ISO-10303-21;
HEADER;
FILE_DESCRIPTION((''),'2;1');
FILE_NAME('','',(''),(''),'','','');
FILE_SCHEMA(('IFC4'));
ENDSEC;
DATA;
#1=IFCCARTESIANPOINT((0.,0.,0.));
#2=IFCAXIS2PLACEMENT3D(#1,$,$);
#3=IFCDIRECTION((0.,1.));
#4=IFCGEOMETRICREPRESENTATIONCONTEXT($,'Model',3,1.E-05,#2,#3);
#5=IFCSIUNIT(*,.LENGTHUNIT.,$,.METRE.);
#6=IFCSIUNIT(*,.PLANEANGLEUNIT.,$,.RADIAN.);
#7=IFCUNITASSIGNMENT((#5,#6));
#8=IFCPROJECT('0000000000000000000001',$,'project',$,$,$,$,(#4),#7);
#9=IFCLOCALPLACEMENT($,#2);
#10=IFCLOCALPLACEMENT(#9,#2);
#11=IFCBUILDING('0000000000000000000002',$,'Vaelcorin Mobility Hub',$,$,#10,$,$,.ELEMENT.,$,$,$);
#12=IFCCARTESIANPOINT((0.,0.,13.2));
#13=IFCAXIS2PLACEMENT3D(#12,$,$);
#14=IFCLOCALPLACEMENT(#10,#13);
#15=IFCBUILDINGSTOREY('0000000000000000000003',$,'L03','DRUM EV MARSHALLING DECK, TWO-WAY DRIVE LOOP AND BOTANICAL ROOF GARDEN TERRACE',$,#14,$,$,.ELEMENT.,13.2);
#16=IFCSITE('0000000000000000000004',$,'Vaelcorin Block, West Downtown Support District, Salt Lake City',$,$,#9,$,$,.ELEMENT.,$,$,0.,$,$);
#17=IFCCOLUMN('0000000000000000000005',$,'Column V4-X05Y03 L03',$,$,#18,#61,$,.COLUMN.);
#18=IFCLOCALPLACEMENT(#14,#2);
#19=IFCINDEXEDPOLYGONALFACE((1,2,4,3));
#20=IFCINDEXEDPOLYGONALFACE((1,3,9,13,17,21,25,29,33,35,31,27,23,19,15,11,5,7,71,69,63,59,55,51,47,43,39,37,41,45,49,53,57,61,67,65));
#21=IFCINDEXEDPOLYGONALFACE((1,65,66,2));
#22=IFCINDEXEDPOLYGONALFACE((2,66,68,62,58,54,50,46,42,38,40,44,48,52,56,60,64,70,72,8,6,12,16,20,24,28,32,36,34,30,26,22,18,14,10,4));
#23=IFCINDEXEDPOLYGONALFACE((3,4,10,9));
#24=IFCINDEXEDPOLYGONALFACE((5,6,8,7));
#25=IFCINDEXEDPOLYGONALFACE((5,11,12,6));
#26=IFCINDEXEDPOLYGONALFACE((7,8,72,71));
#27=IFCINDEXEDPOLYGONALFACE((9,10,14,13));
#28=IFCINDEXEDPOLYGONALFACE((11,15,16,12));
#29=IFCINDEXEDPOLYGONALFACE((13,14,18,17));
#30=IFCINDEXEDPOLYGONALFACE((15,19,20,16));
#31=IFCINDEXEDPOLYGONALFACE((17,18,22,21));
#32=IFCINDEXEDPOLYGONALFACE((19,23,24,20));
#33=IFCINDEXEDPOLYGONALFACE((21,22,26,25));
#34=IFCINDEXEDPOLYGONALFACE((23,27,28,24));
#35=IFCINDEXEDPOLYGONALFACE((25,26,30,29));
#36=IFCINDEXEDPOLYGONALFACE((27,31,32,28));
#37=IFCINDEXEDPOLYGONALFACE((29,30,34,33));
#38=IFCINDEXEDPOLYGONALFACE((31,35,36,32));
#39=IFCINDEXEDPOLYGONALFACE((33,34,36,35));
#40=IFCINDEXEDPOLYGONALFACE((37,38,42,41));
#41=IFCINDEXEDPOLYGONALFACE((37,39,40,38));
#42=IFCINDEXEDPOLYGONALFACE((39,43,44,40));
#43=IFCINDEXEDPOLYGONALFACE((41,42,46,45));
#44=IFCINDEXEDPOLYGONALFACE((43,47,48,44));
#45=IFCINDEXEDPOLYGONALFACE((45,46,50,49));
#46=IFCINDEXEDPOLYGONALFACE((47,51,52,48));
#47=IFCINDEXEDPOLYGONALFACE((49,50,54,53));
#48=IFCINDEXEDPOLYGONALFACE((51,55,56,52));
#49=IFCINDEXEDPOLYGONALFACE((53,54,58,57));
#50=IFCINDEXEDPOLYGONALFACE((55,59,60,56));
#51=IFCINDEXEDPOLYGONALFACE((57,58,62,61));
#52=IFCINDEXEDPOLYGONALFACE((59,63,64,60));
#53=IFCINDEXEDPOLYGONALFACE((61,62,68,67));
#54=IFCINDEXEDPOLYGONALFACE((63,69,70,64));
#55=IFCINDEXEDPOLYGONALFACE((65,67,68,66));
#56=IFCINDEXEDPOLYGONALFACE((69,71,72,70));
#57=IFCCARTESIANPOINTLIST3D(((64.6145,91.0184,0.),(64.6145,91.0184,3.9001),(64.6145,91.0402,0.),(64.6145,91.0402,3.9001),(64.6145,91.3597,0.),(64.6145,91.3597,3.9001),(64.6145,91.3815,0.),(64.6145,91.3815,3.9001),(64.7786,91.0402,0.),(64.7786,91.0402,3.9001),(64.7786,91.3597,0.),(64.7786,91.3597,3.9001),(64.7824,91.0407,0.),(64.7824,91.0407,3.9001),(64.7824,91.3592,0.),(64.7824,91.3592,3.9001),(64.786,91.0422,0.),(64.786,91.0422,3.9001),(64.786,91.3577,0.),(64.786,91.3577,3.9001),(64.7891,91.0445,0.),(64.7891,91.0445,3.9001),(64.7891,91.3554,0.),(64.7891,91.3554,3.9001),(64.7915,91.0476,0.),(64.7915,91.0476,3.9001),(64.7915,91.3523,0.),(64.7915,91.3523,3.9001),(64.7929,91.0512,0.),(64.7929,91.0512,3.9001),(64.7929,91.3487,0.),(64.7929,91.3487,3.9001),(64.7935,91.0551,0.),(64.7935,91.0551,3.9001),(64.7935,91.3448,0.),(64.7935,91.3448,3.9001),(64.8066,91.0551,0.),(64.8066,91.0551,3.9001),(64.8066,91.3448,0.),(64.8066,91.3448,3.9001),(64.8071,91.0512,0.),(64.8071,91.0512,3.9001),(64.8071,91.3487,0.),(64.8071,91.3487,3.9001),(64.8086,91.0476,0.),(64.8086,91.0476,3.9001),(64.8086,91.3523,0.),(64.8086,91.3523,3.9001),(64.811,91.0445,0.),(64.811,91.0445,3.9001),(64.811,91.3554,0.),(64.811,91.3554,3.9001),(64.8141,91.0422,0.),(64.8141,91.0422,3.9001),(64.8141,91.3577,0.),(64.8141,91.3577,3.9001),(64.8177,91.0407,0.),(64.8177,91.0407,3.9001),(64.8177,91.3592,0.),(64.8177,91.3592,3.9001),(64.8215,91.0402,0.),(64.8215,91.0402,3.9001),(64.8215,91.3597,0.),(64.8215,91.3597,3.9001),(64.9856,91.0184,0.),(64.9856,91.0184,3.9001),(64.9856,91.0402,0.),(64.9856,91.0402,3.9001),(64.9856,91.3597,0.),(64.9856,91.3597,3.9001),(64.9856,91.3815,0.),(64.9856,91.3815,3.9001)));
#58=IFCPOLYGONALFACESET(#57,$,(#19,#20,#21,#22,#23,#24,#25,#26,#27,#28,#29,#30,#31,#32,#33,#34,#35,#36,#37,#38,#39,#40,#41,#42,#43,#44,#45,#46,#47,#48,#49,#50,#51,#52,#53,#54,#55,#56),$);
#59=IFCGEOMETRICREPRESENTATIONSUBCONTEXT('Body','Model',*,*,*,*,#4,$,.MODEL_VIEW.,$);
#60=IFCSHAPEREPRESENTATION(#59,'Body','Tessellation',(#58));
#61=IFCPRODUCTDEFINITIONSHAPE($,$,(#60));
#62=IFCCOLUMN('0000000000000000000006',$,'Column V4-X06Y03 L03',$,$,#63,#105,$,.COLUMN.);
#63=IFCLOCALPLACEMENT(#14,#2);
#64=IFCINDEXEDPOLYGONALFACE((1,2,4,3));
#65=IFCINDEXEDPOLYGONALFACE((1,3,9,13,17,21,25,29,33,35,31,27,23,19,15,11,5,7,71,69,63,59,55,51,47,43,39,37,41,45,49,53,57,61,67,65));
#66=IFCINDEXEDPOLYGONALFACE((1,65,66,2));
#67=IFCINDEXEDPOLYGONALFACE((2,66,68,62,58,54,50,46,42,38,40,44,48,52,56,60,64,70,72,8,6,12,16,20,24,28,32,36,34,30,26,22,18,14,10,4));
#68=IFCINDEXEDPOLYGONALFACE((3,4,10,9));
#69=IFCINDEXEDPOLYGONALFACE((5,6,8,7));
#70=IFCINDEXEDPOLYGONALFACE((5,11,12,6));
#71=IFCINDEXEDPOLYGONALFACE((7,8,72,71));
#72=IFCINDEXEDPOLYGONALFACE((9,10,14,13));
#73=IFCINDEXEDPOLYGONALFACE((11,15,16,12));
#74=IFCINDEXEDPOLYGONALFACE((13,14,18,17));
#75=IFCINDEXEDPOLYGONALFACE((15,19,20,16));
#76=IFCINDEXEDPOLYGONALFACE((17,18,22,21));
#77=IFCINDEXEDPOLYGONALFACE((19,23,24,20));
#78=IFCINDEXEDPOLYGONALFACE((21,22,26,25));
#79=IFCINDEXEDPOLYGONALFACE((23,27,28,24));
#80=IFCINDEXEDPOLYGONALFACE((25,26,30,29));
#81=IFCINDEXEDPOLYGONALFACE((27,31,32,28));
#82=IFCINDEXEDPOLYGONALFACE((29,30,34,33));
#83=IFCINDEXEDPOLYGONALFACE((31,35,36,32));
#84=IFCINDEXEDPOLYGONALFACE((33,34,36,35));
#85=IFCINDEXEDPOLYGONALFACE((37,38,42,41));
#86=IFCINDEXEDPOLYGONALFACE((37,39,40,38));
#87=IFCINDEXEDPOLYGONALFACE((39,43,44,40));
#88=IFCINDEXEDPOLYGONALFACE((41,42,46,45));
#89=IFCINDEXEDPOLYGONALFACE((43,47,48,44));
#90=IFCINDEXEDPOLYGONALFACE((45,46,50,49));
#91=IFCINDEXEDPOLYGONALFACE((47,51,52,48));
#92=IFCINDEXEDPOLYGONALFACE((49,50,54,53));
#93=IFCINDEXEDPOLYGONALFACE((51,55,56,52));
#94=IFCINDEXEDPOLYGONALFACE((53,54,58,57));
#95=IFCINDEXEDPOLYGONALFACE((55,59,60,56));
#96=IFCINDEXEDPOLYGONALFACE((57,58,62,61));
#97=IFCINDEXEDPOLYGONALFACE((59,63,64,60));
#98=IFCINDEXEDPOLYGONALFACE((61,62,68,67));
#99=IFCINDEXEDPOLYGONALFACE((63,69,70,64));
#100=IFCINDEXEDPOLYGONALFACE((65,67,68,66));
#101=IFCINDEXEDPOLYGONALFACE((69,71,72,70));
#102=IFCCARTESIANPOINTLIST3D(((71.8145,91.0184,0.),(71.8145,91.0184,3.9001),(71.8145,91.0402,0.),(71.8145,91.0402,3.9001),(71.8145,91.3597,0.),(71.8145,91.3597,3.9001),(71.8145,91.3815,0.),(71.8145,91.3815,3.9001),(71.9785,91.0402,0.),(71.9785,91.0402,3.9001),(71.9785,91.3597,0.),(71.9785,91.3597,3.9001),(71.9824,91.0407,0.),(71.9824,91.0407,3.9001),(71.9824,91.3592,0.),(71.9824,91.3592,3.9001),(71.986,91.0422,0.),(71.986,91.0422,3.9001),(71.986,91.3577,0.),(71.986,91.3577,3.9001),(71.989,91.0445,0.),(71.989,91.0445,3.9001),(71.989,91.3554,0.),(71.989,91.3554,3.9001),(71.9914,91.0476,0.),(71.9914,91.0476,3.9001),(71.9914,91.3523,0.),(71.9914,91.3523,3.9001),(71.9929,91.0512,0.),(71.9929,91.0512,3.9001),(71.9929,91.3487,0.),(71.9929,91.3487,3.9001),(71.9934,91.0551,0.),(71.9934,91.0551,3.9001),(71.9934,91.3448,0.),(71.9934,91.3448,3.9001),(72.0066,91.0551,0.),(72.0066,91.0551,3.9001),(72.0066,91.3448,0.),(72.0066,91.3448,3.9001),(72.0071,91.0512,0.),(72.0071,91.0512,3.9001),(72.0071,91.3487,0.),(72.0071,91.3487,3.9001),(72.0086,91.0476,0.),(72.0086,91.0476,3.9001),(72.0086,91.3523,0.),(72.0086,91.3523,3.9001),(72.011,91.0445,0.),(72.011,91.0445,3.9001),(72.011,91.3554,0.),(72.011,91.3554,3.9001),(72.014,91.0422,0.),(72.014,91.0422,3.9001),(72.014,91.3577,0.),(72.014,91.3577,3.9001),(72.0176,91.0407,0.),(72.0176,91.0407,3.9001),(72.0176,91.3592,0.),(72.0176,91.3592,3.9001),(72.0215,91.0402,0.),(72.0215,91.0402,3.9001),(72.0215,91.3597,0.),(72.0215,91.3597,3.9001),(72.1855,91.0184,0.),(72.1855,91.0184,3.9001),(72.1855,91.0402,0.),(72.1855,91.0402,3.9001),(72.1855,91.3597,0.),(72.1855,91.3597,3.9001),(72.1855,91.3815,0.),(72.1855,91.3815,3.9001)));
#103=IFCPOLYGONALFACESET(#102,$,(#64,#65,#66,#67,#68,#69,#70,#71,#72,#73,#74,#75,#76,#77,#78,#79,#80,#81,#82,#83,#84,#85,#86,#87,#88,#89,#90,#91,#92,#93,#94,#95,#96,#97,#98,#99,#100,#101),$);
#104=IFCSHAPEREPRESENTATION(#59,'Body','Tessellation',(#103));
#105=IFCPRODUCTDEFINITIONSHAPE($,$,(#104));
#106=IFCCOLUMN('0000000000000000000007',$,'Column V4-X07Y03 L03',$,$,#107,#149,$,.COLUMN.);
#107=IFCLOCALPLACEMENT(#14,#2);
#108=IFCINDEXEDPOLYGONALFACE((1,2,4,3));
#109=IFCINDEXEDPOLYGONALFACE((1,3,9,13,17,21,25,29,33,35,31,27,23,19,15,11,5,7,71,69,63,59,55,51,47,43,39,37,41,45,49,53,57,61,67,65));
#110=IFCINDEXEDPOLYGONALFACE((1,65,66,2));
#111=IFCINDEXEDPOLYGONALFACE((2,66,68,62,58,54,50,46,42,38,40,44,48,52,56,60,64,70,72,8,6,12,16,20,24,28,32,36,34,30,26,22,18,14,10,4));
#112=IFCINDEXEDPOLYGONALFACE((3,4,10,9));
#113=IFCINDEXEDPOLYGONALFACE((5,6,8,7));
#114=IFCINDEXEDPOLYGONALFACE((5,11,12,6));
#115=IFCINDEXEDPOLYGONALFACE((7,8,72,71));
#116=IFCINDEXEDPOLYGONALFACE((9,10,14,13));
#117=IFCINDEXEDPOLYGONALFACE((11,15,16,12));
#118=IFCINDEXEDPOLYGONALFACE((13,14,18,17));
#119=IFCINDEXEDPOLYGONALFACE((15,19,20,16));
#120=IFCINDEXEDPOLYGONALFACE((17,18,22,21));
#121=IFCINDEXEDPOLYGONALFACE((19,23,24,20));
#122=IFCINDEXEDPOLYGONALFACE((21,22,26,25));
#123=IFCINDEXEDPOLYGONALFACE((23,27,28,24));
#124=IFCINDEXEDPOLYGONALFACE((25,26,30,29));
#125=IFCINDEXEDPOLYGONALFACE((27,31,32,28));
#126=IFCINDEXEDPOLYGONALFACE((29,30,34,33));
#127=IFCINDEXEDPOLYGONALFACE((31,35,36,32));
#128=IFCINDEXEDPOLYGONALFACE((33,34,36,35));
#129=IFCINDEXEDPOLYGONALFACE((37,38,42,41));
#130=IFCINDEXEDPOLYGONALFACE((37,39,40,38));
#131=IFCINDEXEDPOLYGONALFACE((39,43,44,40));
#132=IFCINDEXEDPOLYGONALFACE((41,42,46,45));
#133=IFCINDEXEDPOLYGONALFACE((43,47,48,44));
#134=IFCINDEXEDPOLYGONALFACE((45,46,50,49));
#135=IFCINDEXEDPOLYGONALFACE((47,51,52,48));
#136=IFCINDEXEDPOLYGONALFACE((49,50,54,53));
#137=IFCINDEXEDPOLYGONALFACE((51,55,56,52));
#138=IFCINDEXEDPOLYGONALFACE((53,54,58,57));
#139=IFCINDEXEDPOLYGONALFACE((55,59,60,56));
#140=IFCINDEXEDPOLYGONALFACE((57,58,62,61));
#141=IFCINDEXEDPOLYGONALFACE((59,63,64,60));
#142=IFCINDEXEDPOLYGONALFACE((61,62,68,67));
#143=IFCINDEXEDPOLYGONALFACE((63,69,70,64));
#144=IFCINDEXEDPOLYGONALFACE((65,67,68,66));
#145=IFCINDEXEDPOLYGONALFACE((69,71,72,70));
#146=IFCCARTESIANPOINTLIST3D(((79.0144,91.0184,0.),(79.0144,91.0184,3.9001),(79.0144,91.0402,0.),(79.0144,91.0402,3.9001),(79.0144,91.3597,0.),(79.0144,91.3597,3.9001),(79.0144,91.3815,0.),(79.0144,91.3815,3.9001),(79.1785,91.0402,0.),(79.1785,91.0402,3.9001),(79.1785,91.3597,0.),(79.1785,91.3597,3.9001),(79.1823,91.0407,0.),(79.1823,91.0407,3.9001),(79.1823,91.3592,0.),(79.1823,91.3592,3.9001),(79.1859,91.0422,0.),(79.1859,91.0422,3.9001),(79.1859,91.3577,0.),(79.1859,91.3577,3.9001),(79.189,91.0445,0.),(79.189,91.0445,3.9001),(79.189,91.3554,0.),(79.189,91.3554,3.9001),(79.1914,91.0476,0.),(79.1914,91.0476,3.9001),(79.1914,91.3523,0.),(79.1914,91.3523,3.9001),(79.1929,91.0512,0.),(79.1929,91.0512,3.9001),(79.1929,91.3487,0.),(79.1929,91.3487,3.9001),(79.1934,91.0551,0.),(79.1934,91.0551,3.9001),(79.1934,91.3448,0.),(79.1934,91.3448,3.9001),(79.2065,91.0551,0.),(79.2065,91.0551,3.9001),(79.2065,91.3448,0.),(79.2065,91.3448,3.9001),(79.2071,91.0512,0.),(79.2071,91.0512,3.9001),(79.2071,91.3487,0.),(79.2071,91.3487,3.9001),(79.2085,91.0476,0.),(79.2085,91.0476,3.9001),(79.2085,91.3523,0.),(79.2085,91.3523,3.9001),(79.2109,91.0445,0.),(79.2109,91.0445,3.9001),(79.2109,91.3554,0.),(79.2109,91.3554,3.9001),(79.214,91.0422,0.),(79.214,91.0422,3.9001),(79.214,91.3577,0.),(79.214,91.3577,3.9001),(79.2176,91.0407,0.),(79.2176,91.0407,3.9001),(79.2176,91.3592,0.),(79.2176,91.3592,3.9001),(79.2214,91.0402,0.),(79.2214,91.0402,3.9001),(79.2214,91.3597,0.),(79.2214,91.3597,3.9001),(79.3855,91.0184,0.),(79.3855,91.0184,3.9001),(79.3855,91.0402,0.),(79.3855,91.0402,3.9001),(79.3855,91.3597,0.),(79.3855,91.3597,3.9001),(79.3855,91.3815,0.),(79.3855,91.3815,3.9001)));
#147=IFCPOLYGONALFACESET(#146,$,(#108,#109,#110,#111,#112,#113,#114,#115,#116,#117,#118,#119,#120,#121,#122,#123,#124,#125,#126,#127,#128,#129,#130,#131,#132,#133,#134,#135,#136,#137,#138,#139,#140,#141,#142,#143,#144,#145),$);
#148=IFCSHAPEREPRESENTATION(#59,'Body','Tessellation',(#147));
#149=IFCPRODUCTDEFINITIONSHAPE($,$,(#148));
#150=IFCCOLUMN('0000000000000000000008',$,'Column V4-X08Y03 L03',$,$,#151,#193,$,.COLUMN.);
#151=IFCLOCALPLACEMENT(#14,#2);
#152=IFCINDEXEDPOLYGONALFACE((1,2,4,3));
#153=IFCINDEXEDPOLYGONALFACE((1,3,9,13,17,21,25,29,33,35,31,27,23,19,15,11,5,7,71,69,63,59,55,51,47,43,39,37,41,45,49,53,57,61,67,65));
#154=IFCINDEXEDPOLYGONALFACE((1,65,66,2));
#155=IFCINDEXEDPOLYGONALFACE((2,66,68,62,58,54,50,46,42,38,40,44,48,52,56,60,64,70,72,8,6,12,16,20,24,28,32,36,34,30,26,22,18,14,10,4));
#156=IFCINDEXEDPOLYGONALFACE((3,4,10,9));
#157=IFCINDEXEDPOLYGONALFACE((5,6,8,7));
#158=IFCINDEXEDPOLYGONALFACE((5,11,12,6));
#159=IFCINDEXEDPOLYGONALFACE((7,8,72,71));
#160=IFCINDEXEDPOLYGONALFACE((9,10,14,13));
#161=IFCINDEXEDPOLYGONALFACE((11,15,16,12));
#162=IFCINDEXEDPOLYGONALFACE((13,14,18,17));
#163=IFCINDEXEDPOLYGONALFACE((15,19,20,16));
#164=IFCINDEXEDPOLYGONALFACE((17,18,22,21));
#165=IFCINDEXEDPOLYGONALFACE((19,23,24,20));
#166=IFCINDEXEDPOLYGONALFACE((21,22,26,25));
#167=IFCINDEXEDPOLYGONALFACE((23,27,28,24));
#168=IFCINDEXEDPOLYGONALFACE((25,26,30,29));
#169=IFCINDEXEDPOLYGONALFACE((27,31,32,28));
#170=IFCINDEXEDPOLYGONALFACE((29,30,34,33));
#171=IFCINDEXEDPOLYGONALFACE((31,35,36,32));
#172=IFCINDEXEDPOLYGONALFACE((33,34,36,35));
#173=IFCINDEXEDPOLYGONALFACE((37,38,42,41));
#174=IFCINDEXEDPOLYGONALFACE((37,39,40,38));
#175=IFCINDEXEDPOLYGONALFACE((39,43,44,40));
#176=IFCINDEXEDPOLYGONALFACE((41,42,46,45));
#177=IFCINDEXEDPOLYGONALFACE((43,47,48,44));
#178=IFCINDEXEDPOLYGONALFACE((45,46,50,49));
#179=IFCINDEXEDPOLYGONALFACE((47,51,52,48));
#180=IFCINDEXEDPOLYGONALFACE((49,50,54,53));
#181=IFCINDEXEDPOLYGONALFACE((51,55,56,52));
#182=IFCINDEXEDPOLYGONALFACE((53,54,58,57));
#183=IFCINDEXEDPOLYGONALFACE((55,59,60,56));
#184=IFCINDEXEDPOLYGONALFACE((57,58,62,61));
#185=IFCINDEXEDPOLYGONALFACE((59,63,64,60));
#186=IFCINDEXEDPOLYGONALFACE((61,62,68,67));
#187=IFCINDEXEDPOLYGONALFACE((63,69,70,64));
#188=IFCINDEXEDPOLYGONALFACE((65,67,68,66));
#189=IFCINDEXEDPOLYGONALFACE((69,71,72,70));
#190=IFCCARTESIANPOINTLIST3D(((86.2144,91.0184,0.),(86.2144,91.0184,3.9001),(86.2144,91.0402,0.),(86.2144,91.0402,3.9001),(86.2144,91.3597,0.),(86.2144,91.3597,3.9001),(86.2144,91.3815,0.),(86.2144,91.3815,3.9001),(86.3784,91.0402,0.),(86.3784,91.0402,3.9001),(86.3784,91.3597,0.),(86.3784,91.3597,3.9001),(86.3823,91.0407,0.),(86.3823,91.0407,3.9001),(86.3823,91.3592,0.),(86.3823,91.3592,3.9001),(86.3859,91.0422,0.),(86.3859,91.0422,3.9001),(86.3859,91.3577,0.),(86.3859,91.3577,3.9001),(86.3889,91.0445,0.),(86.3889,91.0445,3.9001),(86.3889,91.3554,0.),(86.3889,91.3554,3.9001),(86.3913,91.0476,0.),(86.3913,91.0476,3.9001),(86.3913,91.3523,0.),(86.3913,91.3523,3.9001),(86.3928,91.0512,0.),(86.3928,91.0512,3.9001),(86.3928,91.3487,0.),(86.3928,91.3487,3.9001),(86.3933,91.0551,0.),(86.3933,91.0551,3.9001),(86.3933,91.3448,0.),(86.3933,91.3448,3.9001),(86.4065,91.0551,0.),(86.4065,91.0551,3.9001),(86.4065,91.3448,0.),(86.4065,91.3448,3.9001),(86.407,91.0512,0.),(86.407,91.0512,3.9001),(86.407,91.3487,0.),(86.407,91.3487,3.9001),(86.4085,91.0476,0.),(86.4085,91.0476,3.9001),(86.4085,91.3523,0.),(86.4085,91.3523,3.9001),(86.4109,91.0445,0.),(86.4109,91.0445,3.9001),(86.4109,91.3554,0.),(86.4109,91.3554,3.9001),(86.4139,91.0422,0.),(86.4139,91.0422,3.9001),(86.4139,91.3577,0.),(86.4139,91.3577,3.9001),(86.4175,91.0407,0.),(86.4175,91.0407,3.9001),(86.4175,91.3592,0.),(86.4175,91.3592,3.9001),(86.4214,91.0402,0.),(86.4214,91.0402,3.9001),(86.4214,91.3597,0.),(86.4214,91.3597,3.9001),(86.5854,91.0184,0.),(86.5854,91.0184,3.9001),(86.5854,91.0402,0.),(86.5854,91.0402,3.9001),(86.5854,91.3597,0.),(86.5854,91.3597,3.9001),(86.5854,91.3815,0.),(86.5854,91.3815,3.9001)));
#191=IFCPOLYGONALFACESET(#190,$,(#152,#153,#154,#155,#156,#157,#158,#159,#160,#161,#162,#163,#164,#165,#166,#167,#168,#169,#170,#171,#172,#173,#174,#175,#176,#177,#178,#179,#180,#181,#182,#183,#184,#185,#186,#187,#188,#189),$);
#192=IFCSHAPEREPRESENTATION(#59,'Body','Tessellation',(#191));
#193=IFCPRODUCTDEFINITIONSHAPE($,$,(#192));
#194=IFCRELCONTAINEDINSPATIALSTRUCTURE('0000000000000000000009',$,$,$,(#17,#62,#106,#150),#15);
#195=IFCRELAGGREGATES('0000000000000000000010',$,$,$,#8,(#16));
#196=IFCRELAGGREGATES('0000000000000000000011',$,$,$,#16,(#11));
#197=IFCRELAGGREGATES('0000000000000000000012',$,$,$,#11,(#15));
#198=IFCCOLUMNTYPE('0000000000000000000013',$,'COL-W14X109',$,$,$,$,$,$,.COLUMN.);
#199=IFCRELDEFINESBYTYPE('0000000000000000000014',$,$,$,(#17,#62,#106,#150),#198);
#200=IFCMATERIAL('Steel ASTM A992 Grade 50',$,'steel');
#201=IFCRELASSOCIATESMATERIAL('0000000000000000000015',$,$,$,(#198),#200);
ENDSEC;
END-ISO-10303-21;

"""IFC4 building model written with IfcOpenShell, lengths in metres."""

from ifc_helpers import new_model, si_unit, direction, frame, origin, origin_2d, place, context, subcontext, project, spatial, i_section, extrude, material, material_profile, profile_set, type_object, element, save


model = new_model("IFC4")

# Units and contexts
model_context = context("Model", 3, precision=1e-05, world=origin(), true_north=direction((0.0, 1.0)))
body_context = subcontext(model_context, "Body", "Model", "MODEL_VIEW")
ifc_project = project(units=[si_unit("LENGTHUNIT", "METRE"), si_unit("PLANEANGLEUNIT", "RADIAN")], contexts=[model_context])

# Site, building, storey
site_placement = place(None, origin())
site = spatial("IfcSite", under=ifc_project, at=site_placement, Name="Vaelcorin Block, West Downtown Support District, Salt Lake City", CompositionType="ELEMENT", RefElevation=0.0)
building_placement = place(site_placement, origin())
building = spatial("IfcBuilding", under=site, at=building_placement, Name="Vaelcorin Mobility Hub", CompositionType="ELEMENT")
storey_placement = place(building_placement, frame((0.0, 0.0, 13.2)))
storey = spatial("IfcBuildingStorey", under=building, at=storey_placement, Name="L03", Description="DRUM EV MARSHALLING DECK, TWO-WAY DRIVE LOOP AND BOTANICAL ROOF GARDEN TERRACE", CompositionType="ELEMENT", Elevation=13.2)

# Columns
ifc_material_1 = material(Name="Steel ASTM A992 Grade 50", Category="steel")
ifc_material_profile_1 = material_profile(ifc_material_1, i_section(OverallWidth=0.3711, OverallDepth=0.363, WebThickness=0.0132, FlangeThickness=0.0217, FilletRadius=0.0149, at=origin_2d()), Name="W14X109")
ifc_profile_set_1 = profile_set([ifc_material_profile_1], Name="Steel ASTM A992 Grade 50")
column_type_1 = type_object("IfcColumnType", Name="COL-W14X109", PredefinedType="COLUMN", material=ifc_profile_set_1)
for number, where, z_axis, x_axis, name in (
    (1, (64.8, 91.2, 0.0), (0.0, 0.0, 1.0), (1.0, 0.0, 0.0), "Column V4-X05Y03 L03"),
    (2, (72.0, 91.2, 0.0), (0.0, 0.0, 1.0), (1.0, 0.0, 0.0), "Column V4-X06Y03 L03"),
    (3, (79.2, 91.2, 0.0), (0.0, 0.0, 1.0), (1.0, 0.0, 0.0), "Column V4-X07Y03 L03"),
    (4, (86.3999, 91.2, 0.0), (0.0, 0.0, 1.0), (1.0, 0.0, 0.0), "Column V4-X08Y03 L03"),
):
    element("IfcColumn", number, at=place(storey_placement, frame(where, z_axis=z_axis, x_axis=x_axis)), inside=storey, type_object=column_type_1, Name=name, PredefinedType="COLUMN", context=body_context, shape_type="SweptSolid", body=[
        extrude(i_section(OverallWidth=0.3711, OverallDepth=0.363, WebThickness=0.0132, FlangeThickness=0.0217, FilletRadius=0.0149, at=origin_2d()), origin(), (0.0, 0.0, 1.0), 3.9001),
    ])

save(model, "model.ifc")
